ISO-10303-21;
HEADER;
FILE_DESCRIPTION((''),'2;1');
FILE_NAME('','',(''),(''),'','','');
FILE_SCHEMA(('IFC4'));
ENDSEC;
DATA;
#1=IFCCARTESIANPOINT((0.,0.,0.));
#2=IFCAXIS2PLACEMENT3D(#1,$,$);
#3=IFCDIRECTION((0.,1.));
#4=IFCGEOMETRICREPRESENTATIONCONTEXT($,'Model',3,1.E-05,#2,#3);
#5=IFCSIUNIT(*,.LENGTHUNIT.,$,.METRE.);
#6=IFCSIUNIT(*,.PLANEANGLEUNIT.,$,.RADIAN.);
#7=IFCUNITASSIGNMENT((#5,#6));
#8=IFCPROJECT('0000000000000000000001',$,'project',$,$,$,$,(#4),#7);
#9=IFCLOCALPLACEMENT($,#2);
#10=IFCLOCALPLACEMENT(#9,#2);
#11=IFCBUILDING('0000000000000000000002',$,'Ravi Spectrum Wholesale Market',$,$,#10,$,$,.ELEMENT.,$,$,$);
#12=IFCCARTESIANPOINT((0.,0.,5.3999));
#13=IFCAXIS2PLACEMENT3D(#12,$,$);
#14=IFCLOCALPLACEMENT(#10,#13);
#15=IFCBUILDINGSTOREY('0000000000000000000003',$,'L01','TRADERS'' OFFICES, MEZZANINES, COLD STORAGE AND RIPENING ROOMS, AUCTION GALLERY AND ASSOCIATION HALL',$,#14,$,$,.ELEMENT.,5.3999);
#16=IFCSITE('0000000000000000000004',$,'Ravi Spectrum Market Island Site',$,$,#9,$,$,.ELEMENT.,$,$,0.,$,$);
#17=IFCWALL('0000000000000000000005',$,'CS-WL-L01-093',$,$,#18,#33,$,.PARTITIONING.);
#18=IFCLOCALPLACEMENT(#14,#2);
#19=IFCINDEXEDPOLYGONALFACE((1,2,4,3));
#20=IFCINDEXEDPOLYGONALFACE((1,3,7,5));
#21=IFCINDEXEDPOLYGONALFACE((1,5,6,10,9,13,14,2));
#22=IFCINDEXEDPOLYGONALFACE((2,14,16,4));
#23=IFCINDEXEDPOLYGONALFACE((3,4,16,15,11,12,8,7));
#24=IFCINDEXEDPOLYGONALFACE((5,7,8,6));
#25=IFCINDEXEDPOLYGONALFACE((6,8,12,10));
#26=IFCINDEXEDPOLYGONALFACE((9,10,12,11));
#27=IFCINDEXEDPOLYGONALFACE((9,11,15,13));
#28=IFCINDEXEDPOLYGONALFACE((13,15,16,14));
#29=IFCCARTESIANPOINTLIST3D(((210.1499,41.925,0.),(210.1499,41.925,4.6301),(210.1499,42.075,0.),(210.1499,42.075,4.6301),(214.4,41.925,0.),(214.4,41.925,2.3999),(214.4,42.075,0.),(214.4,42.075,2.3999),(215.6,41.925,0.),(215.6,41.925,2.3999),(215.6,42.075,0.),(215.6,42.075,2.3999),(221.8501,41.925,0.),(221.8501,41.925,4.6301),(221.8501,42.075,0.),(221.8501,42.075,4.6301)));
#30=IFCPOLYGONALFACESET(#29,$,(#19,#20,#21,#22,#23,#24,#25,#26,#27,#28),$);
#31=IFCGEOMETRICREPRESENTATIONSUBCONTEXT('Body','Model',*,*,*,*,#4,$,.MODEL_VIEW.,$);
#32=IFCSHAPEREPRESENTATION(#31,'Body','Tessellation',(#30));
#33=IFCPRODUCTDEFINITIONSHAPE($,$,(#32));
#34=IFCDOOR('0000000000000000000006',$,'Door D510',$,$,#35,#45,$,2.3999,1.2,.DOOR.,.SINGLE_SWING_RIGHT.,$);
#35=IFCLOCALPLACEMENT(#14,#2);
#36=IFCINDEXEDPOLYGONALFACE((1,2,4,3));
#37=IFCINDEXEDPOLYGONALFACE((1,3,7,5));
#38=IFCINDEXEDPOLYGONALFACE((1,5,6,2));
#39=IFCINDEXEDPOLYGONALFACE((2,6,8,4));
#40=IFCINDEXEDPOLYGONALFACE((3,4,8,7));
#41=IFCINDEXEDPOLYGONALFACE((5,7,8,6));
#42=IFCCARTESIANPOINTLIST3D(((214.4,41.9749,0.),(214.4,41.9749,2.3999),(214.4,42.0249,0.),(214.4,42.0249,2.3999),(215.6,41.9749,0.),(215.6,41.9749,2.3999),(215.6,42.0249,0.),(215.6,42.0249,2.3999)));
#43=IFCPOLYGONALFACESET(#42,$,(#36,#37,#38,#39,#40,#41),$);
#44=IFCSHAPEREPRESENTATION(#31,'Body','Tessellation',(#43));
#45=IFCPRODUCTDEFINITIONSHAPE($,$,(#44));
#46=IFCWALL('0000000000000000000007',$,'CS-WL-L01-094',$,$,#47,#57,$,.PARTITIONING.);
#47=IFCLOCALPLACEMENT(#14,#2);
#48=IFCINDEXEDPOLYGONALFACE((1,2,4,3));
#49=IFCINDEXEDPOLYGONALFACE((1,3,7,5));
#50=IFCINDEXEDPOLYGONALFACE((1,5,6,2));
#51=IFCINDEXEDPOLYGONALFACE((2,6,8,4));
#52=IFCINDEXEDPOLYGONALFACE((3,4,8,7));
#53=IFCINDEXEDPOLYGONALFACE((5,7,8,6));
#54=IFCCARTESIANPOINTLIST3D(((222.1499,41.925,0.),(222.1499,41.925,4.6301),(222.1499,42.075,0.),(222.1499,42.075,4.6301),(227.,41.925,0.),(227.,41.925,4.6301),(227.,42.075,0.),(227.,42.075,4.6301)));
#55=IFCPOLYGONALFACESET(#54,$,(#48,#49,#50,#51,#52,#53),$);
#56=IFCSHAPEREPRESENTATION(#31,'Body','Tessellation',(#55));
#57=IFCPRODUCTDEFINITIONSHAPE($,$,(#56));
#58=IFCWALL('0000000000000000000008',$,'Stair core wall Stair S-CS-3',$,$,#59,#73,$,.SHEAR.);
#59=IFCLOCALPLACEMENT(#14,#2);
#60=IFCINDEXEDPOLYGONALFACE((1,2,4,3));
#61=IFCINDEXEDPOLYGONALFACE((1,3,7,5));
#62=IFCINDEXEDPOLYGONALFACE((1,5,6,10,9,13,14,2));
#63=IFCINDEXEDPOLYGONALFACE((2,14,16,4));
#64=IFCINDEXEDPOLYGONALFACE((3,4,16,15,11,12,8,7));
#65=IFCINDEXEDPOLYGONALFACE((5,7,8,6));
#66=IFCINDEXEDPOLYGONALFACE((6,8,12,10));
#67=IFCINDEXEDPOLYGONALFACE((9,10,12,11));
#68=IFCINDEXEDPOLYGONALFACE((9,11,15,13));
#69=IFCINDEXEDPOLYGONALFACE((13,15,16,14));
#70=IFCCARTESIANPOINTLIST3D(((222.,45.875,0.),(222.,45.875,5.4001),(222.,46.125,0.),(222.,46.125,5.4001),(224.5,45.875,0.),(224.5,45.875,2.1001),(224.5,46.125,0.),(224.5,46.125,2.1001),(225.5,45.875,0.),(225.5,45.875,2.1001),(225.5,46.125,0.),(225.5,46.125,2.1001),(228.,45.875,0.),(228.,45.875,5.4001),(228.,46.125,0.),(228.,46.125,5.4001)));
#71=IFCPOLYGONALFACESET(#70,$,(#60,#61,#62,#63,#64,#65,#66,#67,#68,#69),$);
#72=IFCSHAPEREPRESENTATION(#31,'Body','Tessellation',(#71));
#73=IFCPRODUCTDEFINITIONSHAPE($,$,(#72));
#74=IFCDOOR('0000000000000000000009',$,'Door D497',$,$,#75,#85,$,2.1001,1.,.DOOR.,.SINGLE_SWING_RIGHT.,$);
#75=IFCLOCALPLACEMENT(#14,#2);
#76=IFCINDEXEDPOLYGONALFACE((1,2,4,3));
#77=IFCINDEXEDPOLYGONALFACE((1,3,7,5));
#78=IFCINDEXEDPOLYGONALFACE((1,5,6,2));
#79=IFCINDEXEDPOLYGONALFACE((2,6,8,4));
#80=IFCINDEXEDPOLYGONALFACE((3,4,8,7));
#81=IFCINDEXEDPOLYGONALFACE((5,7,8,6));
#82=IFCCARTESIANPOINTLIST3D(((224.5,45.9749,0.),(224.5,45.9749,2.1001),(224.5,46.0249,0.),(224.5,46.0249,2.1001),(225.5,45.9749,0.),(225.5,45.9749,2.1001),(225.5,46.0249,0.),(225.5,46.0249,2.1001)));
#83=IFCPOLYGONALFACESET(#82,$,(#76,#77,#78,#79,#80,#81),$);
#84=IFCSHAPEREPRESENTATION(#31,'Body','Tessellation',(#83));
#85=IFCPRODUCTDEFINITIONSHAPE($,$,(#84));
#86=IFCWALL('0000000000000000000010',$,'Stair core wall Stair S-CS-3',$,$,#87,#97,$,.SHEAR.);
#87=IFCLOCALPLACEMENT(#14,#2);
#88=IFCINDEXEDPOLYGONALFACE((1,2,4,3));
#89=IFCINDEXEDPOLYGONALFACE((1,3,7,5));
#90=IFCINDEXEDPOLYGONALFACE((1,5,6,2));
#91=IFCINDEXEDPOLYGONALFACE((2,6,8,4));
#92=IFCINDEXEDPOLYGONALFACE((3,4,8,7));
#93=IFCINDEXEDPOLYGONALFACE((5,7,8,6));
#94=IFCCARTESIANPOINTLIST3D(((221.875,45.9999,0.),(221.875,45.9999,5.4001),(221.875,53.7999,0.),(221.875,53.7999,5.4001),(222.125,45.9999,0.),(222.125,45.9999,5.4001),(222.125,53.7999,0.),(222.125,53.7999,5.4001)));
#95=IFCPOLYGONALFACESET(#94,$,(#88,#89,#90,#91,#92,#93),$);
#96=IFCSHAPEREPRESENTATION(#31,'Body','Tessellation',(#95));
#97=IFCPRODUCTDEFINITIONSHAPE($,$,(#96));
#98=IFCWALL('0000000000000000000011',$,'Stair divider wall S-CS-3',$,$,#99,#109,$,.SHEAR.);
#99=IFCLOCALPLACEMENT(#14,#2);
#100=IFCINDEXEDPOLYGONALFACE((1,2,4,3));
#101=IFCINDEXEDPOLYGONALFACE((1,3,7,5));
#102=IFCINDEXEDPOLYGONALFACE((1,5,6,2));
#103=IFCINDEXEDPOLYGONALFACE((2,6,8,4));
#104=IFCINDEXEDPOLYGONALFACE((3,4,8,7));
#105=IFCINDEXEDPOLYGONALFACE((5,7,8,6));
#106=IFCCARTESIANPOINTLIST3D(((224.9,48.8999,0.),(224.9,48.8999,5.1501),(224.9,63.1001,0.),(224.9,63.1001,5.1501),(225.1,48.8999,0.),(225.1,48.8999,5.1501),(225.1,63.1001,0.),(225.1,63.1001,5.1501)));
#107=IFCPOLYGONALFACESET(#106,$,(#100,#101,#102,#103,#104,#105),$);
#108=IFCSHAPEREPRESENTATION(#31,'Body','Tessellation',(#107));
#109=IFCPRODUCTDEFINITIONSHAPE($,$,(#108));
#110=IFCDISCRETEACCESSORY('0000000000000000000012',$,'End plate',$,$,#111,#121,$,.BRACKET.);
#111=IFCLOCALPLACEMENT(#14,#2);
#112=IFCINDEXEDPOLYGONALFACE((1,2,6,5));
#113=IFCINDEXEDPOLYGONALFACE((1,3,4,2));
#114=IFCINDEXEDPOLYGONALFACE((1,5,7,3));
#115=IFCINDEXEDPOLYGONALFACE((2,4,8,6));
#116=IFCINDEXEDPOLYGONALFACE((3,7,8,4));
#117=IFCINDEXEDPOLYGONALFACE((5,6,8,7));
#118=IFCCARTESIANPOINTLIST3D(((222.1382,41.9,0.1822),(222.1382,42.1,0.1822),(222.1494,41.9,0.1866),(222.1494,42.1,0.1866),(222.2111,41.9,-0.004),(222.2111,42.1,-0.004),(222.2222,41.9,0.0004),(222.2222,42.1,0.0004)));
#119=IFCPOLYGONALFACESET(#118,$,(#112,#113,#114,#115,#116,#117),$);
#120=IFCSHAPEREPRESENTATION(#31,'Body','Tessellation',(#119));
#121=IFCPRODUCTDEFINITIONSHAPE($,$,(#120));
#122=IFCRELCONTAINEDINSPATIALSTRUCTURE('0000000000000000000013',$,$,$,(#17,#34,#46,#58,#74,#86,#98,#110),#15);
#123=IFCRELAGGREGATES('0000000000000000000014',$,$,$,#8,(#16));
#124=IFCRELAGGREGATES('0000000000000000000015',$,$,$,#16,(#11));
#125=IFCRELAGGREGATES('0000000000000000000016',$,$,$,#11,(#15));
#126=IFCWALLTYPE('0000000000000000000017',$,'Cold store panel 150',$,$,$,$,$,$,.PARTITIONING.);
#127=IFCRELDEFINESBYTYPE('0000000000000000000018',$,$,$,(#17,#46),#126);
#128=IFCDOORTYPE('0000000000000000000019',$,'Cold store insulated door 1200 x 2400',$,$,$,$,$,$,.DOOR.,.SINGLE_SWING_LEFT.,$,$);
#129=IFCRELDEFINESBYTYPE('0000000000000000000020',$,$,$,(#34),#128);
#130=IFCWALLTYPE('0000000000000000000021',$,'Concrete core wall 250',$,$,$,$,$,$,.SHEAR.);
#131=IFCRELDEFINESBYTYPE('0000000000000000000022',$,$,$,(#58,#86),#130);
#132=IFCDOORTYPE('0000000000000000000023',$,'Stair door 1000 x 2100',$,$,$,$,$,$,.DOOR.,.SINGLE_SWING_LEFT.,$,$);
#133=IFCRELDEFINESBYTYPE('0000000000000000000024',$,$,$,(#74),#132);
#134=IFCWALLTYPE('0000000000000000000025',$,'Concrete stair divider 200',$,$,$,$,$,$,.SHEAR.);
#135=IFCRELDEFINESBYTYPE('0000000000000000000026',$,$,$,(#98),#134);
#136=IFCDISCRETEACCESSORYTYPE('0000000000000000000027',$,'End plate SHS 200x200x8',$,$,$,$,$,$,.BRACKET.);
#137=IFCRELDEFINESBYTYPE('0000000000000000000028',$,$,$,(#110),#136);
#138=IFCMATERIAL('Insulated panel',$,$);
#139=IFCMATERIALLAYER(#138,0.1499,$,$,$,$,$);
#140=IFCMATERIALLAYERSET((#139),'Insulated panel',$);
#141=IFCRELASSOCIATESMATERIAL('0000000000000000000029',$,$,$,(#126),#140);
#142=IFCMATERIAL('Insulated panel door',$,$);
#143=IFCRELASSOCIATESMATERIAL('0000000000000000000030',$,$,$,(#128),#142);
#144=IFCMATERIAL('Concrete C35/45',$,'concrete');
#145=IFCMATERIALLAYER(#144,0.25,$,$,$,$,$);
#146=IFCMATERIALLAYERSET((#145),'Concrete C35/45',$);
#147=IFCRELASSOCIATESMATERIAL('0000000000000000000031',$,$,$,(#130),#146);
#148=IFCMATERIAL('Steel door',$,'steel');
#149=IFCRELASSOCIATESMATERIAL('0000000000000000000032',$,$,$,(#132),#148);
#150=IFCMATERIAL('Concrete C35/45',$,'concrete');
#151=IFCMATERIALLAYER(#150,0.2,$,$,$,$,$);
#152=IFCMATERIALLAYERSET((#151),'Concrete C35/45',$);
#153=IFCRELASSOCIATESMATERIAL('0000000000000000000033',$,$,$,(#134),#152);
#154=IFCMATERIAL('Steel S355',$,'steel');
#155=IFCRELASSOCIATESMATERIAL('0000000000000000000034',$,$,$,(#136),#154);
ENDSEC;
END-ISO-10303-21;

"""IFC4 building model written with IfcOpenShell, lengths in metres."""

from ifc_helpers import new_model, si_unit, direction, frame, frame_2d, origin, origin_2d, place, context, subcontext, project, spatial, rectangle, extrude, material, layer, layer_set, material_profile, profile_set, type_object, element, fill, save


model = new_model("IFC4")

# Units and contexts
model_context = context("Model", 3, precision=1e-05, world=origin(), true_north=direction((0.0, 1.0)))
body_context = subcontext(model_context, "Body", "Model", "MODEL_VIEW")
ifc_project = project(units=[si_unit("LENGTHUNIT", "METRE"), si_unit("PLANEANGLEUNIT", "RADIAN")], contexts=[model_context])

# Site, building, storey
site_placement = place(None, origin())
site = spatial("IfcSite", under=ifc_project, at=site_placement, Name="Ravi Spectrum Market Island Site", CompositionType="ELEMENT", RefElevation=0.0)
building_placement = place(site_placement, origin())
building = spatial("IfcBuilding", under=site, at=building_placement, Name="Ravi Spectrum Wholesale Market", CompositionType="ELEMENT")
storey_placement = place(building_placement, frame((0.0, 0.0, 5.3999)))
storey = spatial("IfcBuildingStorey", under=building, at=storey_placement, Name="L01", Description="TRADERS' OFFICES, MEZZANINES, COLD STORAGE AND RIPENING ROOMS, AUCTION GALLERY AND ASSOCIATION HALL", CompositionType="ELEMENT", Elevation=5.3999)

# Wall, opening, door
ifc_material_1 = material(Name="Insulated panel")
ifc_layer_1 = layer(ifc_material_1, 0.1499)
ifc_layer_set_1 = layer_set([ifc_layer_1], Name="Insulated panel")
wall_type_1 = type_object("IfcWallType", Name="Cold store panel 150", PredefinedType="PARTITIONING", material=ifc_layer_set_1)
wall_1_placement = place(storey_placement, frame((210.1499, 42.0, 0.0), z_axis=(0.0, 0.0, 1.0), x_axis=(1.0, 0.0, 0.0)))
wall_1 = element("IfcWall", 1, at=wall_1_placement, inside=storey, type_object=wall_type_1, Name="CS-WL-L01-093", PredefinedType="PARTITIONING", context=body_context, shape_type="SweptSolid", body=[
    extrude(rectangle(XDim=11.7002, YDim=0.1499, at=frame_2d((5.8501, 0.0))), origin(), (0.0, 0.0, 1.0), 4.6301),
])
opening_1_placement = place(wall_1_placement, frame((4.25, 0.0, 0.0)))
opening_1 = element("IfcOpeningElement", 2, at=opening_1_placement, cuts=wall_1, PredefinedType="OPENING", context=body_context, shape_type="SweptSolid", body=[
    extrude(rectangle(XDim=1.2, YDim=2.3999, at=frame_2d((0.6001, 1.2))), frame((0.0, 0.085, 0.0), z_axis=(0.0, -1.0, 0.0), x_axis=(1.0, 0.0, 0.0)), (0.0, 0.0, 1.0), 0.1699),
])
ifc_material_2 = material(Name="Insulated panel door")
door_type_1 = type_object("IfcDoorType", Name="Cold store insulated door 1200 x 2400", OperationType="SINGLE_SWING_LEFT", PredefinedType="DOOR", material=ifc_material_2)
door_1_placement = place(opening_1_placement, origin())
door_1 = element("IfcDoor", 3, at=door_1_placement, inside=storey, type_object=door_type_1, Name="Door D510", OperationType="SINGLE_SWING_RIGHT", OverallHeight=2.3999, OverallWidth=1.2, PredefinedType="DOOR", context=body_context, shape_type="SweptSolid", body=[
    extrude(rectangle(XDim=1.2, YDim=2.3999, at=frame_2d((0.6001, 1.2))), frame((0.0, 0.0249, 0.0), z_axis=(0.0, -1.0, 0.0), x_axis=(1.0, 0.0, 0.0)), (0.0, 0.0, 1.0), 0.05),
])
fill(opening_1, door_1)

# Wall
wall_2_placement = place(storey_placement, frame((222.1499, 42.0, 0.0), z_axis=(0.0, 0.0, 1.0), x_axis=(1.0, 0.0, 0.0)))
element("IfcWall", 4, at=wall_2_placement, inside=storey, type_object=wall_type_1, Name="CS-WL-L01-094", PredefinedType="PARTITIONING", context=body_context, shape_type="SweptSolid", body=[
    extrude(rectangle(XDim=4.8501, YDim=0.1499, at=frame_2d((2.425, 0.0))), origin(), (0.0, 0.0, 1.0), 4.6301),
])

# Wall, opening, door
ifc_material_3 = material(Name="Concrete C35/45", Category="concrete")
ifc_layer_2 = layer(ifc_material_3, 0.25)
ifc_layer_set_2 = layer_set([ifc_layer_2], Name="Concrete C35/45")
wall_type_2 = type_object("IfcWallType", Name="Concrete core wall 250", PredefinedType="SHEAR", material=ifc_layer_set_2)
wall_3_placement = place(storey_placement, frame((222.0, 46.0, 0.0), z_axis=(0.0, 0.0, 1.0), x_axis=(1.0, 0.0, 0.0)))
wall_3 = element("IfcWall", 5, at=wall_3_placement, inside=storey, type_object=wall_type_2, Name="Stair core wall Stair S-CS-3", PredefinedType="SHEAR", context=body_context, shape_type="SweptSolid", body=[
    extrude(rectangle(XDim=6.0, YDim=0.25, at=frame_2d((3.0, 0.0))), origin(), (0.0, 0.0, 1.0), 5.4001),
])
opening_2_placement = place(wall_3_placement, frame((2.5, 0.0, 0.0)))
opening_2 = element("IfcOpeningElement", 6, at=opening_2_placement, cuts=wall_3, PredefinedType="OPENING", context=body_context, shape_type="SweptSolid", body=[
    extrude(rectangle(XDim=1.0, YDim=2.1001, at=frame_2d((0.5, 1.05))), frame((0.0, 0.135, 0.0), z_axis=(0.0, -1.0, 0.0), x_axis=(1.0, 0.0, 0.0)), (0.0, 0.0, 1.0), 0.27),
])
ifc_material_4 = material(Name="Steel door", Category="steel")
door_type_2 = type_object("IfcDoorType", Name="Stair door 1000 x 2100", OperationType="SINGLE_SWING_LEFT", PredefinedType="DOOR", material=ifc_material_4)
door_2_placement = place(opening_2_placement, origin())
door_2 = element("IfcDoor", 7, at=door_2_placement, inside=storey, type_object=door_type_2, Name="Door D497", OperationType="SINGLE_SWING_RIGHT", OverallHeight=2.1001, OverallWidth=1.0, PredefinedType="DOOR", context=body_context, shape_type="SweptSolid", body=[
    extrude(rectangle(XDim=1.0, YDim=2.1001, at=frame_2d((0.5, 1.05))), frame((0.0, 0.0249, 0.0), z_axis=(0.0, -1.0, 0.0), x_axis=(1.0, 0.0, 0.0)), (0.0, 0.0, 1.0), 0.05),
])
fill(opening_2, door_2)

# Walls
wall_4_placement = place(storey_placement, frame((222.0, 46.0, 0.0), z_axis=(0.0, 0.0, 1.0), x_axis=(0.0, 1.0, 0.0)))
element("IfcWall", 8, at=wall_4_placement, inside=storey, type_object=wall_type_2, Name="Stair core wall Stair S-CS-3", PredefinedType="SHEAR", context=body_context, shape_type="SweptSolid", body=[
    extrude(rectangle(XDim=7.8, YDim=0.25, at=frame_2d((3.8999, 0.0))), origin(), (0.0, 0.0, 1.0), 5.4001),
])
ifc_material_5 = material(Name="Concrete C35/45", Category="concrete")
ifc_layer_3 = layer(ifc_material_5, 0.2)
ifc_layer_set_3 = layer_set([ifc_layer_3], Name="Concrete C35/45")
wall_type_3 = type_object("IfcWallType", Name="Concrete stair divider 200", PredefinedType="SHEAR", material=ifc_layer_set_3)
wall_5_placement = place(storey_placement, frame((225.0, 48.8999, 0.0), z_axis=(0.0, 0.0, 1.0), x_axis=(0.0, 1.0, 0.0)))
element("IfcWall", 9, at=wall_5_placement, inside=storey, type_object=wall_type_3, Name="Stair divider wall S-CS-3", PredefinedType="SHEAR", context=body_context, shape_type="SweptSolid", body=[
    extrude(rectangle(XDim=14.2002, YDim=0.2, at=frame_2d((7.1001, 0.0))), origin(), (0.0, 0.0, 1.0), 5.1501),
])

# Discrete accessory
ifc_material_6 = material(Name="Steel S355", Category="steel")
ifc_material_profile_1 = material_profile(ifc_material_6, rectangle(XDim=0.2, YDim=0.2, at=origin_2d()))
ifc_profile_set_1 = profile_set([ifc_material_profile_1], Name="Steel S355")
discrete_accessory_type = type_object("IfcDiscreteAccessoryType", Name="End plate SHS 200x200x8", PredefinedType="BRACKET", material=ifc_profile_set_1)
discrete_accessory_placement = place(storey_placement, frame((222.1858, 42.0, 0.0935), z_axis=(-0.931243, 0.0, -0.364399), x_axis=(0.0, -1.0, 0.0)))
element("IfcDiscreteAccessory", 10, at=discrete_accessory_placement, inside=storey, type_object=discrete_accessory_type, Name="End plate", PredefinedType="BRACKET", context=body_context, shape_type="SweptSolid", body=[
    extrude(rectangle(XDim=0.2, YDim=0.2, at=origin_2d()), origin(), (0.0, 0.0, 1.0), 0.012),
])

save(model, "model.ifc")
